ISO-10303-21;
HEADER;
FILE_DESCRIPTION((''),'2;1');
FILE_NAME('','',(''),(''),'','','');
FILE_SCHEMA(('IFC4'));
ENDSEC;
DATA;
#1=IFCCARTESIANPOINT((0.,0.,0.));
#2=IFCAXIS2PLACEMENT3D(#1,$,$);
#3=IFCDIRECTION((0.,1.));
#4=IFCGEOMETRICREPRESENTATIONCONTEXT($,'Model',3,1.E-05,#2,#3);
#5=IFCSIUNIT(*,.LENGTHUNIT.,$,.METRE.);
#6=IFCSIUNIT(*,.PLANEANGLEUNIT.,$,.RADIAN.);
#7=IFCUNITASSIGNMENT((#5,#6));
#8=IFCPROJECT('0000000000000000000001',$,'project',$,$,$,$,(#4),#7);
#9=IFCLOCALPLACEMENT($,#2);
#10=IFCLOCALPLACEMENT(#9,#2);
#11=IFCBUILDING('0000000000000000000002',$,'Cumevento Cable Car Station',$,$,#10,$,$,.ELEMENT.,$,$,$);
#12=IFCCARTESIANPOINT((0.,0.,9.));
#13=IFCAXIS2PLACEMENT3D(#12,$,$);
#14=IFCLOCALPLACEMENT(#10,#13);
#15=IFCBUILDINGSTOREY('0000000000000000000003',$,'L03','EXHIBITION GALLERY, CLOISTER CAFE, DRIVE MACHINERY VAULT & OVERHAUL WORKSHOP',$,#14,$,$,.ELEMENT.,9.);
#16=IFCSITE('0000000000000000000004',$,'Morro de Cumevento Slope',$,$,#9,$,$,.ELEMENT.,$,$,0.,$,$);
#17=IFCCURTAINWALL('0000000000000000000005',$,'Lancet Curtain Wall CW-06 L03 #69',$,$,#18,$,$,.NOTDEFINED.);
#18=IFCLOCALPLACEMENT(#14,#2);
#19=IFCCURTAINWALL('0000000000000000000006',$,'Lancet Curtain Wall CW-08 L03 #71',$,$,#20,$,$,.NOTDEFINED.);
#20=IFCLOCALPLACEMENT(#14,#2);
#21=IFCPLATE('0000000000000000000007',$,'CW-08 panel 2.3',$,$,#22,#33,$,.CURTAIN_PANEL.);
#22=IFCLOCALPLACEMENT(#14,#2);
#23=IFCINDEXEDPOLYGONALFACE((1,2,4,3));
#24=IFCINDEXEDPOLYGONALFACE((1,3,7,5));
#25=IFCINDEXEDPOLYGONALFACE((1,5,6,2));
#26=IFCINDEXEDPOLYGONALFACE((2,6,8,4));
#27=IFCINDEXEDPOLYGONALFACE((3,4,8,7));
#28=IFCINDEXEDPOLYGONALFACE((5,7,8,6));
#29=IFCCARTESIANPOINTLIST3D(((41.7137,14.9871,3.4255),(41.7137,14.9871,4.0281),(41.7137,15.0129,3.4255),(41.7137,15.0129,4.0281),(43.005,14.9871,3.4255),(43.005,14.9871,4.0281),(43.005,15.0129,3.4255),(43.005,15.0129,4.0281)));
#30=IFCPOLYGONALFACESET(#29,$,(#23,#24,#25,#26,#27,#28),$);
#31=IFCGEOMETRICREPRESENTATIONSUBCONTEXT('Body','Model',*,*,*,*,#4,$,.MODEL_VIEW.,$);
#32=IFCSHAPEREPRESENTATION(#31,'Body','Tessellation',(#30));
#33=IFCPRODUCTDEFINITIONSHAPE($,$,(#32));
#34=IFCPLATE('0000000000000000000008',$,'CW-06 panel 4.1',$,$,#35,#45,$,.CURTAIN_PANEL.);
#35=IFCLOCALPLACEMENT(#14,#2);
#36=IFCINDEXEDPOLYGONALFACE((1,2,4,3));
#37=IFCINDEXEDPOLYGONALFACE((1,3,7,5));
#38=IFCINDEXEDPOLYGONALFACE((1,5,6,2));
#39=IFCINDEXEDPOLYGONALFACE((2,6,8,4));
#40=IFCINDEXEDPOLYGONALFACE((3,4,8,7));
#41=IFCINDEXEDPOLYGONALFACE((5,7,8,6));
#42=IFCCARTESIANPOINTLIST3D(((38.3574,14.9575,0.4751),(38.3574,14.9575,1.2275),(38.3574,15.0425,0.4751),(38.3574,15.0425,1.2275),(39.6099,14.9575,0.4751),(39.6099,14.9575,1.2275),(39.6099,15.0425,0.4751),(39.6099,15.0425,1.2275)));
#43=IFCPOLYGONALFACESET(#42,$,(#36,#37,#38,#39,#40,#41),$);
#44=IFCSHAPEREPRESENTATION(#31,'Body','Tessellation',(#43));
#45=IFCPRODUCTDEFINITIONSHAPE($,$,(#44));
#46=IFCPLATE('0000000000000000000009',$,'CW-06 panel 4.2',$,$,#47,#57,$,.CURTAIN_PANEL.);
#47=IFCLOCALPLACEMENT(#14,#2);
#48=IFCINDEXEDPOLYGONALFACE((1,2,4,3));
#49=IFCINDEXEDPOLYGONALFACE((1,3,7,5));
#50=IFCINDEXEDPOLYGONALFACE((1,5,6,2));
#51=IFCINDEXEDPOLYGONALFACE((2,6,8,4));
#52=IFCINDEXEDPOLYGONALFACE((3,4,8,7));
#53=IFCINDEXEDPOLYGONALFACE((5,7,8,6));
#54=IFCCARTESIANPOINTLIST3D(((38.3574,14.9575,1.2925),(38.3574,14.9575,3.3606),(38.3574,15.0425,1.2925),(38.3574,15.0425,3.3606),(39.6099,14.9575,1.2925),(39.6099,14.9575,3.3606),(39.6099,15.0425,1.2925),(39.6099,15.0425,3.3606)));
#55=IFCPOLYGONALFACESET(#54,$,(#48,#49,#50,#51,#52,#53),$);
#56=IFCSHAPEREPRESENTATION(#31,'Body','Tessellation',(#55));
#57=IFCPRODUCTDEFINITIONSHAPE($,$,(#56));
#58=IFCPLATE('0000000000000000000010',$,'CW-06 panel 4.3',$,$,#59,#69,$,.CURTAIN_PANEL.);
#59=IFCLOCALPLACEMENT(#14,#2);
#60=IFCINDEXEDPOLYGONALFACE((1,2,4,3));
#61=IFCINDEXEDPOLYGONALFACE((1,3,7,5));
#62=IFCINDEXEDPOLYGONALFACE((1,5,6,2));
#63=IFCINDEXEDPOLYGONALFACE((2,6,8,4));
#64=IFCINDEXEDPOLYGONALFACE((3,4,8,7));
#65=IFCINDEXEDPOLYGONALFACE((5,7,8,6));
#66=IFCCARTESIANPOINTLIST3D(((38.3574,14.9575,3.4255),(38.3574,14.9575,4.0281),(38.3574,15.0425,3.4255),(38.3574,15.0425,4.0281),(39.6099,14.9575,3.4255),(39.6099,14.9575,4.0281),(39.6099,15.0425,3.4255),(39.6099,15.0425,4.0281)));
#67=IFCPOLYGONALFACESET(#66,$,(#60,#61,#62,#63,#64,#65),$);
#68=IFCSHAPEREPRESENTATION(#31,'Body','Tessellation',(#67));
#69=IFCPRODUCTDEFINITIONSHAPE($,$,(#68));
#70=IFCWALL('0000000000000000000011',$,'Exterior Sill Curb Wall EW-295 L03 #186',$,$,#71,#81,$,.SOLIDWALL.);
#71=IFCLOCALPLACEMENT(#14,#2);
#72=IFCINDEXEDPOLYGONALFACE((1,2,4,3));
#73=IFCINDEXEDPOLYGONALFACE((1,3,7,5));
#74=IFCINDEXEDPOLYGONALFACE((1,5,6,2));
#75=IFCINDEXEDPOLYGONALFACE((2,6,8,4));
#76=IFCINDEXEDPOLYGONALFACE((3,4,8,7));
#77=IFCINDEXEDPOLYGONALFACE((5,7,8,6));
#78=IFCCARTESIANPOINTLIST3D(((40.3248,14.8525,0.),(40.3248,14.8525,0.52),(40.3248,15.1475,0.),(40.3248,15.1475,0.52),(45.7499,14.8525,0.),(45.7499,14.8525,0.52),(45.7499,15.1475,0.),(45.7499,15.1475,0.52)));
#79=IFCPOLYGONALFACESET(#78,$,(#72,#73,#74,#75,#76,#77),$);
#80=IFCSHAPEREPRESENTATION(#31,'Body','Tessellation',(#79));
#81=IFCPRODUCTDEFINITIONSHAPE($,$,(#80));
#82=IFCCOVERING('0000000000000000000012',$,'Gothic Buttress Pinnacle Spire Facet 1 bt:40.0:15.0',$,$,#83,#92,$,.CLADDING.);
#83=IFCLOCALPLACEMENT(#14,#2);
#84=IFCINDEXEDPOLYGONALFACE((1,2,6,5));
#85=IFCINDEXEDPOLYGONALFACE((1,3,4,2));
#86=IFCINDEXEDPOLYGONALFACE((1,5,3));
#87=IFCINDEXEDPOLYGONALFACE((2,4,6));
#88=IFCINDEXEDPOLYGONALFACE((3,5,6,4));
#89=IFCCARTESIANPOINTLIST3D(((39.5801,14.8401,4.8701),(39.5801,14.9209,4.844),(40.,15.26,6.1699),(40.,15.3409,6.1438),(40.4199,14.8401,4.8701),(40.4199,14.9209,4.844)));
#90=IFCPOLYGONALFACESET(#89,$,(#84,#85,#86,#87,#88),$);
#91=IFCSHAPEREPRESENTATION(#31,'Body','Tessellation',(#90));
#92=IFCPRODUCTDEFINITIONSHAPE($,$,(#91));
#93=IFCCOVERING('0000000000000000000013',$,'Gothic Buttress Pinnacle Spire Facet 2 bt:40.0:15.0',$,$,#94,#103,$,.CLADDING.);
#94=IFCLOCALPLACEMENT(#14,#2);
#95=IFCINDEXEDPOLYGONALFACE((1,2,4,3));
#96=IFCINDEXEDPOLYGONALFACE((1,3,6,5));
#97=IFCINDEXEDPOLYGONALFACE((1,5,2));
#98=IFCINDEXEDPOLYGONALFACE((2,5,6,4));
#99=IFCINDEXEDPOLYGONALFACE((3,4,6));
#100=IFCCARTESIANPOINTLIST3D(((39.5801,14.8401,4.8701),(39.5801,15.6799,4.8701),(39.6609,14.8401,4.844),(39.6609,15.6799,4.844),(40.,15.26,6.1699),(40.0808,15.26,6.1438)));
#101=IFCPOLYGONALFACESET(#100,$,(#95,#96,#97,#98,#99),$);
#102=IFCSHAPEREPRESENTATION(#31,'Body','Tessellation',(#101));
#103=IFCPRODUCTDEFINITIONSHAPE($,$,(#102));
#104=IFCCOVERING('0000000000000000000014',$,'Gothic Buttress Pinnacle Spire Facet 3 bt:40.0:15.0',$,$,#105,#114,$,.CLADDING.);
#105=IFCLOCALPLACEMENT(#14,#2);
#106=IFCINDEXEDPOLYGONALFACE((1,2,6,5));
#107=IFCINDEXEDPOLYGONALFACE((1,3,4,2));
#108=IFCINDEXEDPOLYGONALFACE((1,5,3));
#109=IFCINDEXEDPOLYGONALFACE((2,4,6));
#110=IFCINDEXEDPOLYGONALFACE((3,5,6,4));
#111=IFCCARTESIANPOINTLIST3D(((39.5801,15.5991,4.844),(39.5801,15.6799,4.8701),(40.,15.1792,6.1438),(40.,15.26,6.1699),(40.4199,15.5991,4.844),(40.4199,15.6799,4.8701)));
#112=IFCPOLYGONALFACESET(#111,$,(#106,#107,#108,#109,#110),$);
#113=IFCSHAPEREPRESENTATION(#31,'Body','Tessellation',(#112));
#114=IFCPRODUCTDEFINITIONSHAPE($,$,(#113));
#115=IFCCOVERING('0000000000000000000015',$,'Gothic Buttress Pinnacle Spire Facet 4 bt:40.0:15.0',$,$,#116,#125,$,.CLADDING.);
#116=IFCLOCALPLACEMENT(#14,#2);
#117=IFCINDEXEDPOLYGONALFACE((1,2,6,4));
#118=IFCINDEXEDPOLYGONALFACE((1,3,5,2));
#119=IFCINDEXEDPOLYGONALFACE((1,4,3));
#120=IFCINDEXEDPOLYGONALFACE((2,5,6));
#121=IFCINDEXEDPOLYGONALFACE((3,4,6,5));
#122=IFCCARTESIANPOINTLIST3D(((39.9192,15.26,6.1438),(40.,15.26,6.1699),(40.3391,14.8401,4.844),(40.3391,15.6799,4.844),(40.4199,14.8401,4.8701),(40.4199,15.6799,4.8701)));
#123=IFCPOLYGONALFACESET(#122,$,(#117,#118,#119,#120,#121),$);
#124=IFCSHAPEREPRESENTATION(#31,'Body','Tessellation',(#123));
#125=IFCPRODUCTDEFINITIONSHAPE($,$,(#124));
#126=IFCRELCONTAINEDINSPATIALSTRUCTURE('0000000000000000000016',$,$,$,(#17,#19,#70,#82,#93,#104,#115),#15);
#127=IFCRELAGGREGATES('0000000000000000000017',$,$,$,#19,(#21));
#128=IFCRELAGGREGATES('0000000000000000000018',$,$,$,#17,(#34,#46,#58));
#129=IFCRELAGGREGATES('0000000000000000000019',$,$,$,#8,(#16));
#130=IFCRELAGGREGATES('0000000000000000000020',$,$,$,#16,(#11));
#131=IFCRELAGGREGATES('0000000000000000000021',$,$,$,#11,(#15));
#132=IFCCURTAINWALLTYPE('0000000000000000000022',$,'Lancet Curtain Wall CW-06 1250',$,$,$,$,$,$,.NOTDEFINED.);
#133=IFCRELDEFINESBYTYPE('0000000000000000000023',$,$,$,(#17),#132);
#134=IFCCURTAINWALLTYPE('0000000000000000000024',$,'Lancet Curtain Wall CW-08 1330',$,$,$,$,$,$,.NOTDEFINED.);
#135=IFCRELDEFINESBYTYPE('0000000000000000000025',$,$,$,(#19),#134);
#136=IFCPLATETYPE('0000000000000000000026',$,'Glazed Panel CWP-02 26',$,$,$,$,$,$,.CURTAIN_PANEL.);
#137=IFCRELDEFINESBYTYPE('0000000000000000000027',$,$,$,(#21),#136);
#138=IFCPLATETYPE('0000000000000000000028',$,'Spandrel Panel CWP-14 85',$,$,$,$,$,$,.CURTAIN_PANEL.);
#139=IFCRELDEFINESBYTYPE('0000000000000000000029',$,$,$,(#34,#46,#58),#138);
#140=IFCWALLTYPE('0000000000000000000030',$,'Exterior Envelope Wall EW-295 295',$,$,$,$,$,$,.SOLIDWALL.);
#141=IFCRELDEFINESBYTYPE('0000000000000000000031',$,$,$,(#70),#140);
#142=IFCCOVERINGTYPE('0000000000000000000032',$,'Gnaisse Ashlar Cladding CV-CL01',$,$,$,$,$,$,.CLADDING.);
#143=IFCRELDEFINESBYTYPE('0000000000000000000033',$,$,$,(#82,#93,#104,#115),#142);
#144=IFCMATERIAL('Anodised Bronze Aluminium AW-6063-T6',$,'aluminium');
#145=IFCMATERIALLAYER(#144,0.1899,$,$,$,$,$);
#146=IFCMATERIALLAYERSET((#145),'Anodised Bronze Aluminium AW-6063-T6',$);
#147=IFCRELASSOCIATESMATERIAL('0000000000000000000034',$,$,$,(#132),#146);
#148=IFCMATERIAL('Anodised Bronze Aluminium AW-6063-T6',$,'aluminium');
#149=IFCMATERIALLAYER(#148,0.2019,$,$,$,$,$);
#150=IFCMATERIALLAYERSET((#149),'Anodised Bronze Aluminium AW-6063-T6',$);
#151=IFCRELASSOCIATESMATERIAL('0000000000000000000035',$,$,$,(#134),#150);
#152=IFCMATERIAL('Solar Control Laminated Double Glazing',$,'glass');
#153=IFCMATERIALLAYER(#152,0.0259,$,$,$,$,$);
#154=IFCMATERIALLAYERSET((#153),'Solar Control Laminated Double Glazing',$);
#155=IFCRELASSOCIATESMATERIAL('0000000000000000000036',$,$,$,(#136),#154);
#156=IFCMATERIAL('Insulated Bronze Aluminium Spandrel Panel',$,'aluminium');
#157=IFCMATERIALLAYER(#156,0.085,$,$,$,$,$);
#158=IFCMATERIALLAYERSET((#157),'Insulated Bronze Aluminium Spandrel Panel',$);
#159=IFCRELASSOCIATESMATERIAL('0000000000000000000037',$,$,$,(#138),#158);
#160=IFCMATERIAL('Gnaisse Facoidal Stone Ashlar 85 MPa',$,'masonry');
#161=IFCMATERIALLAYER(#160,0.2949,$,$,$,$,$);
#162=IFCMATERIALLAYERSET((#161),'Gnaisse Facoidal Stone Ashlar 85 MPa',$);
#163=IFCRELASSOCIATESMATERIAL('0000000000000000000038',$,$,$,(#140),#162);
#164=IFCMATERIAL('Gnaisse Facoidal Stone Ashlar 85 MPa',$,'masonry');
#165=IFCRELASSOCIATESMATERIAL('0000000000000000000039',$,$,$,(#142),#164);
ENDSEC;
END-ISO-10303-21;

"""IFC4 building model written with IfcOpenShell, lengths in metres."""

from ifc_helpers import new_model, si_unit, direction, frame, frame_2d, origin, origin_2d, place, context, subcontext, project, spatial, polyline, rectangle, outline, extrude, material, layer, layer_set, type_object, element, aggregate, save


model = new_model("IFC4")

# Units and contexts
model_context = context("Model", 3, precision=1e-05, world=origin(), true_north=direction((0.0, 1.0)))
body_context = subcontext(model_context, "Body", "Model", "MODEL_VIEW")
ifc_project = project(units=[si_unit("LENGTHUNIT", "METRE"), si_unit("PLANEANGLEUNIT", "RADIAN")], contexts=[model_context])

# Site, building, storey
site_placement = place(None, origin())
site = spatial("IfcSite", under=ifc_project, at=site_placement, Name="Morro de Cumevento Slope", CompositionType="ELEMENT", RefElevation=0.0)
building_placement = place(site_placement, origin())
building = spatial("IfcBuilding", under=site, at=building_placement, Name="Cumevento Cable Car Station", CompositionType="ELEMENT")
storey_placement = place(building_placement, frame((0.0, 0.0, 9.0)))
storey = spatial("IfcBuildingStorey", under=building, at=storey_placement, Name="L03", Description="EXHIBITION GALLERY, CLOISTER CAFE, DRIVE MACHINERY VAULT & OVERHAUL WORKSHOP", CompositionType="ELEMENT", Elevation=9.0)

# Curtain walls
ifc_material_1 = material(Name="Anodised Bronze Aluminium AW-6063-T6", Category="aluminium")
ifc_layer_1 = layer(ifc_material_1, 0.1899)
ifc_layer_set_1 = layer_set([ifc_layer_1], Name="Anodised Bronze Aluminium AW-6063-T6")
curtain_wall_type_1 = type_object("IfcCurtainWallType", Name="Lancet Curtain Wall CW-06 1250", PredefinedType="NOTDEFINED", material=ifc_layer_set_1)
curtain_wall_1_placement = place(storey_placement, origin())
curtain_wall_1 = element("IfcCurtainWall", 1, at=curtain_wall_1_placement, inside=storey, type_object=curtain_wall_type_1, Name="Lancet Curtain Wall CW-06 L03 #69", PredefinedType="NOTDEFINED")
ifc_material_2 = material(Name="Anodised Bronze Aluminium AW-6063-T6", Category="aluminium")
ifc_layer_2 = layer(ifc_material_2, 0.2019)
ifc_layer_set_2 = layer_set([ifc_layer_2], Name="Anodised Bronze Aluminium AW-6063-T6")
curtain_wall_type_2 = type_object("IfcCurtainWallType", Name="Lancet Curtain Wall CW-08 1330", PredefinedType="NOTDEFINED", material=ifc_layer_set_2)
curtain_wall_2_placement = place(storey_placement, origin())
curtain_wall_2 = element("IfcCurtainWall", 2, at=curtain_wall_2_placement, inside=storey, type_object=curtain_wall_type_2, Name="Lancet Curtain Wall CW-08 L03 #71", PredefinedType="NOTDEFINED")

# Plates
ifc_material_3 = material(Name="Solar Control Laminated Double Glazing", Category="glass")
ifc_layer_3 = layer(ifc_material_3, 0.0259)
ifc_layer_set_3 = layer_set([ifc_layer_3], Name="Solar Control Laminated Double Glazing")
plate_type_1 = type_object("IfcPlateType", Name="Glazed Panel CWP-02 26", PredefinedType="CURTAIN_PANEL", material=ifc_layer_set_3)
plate_1_placement = place(storey_placement, frame((42.3594, 15.0, 3.4255), z_axis=(0.0, 0.0, 1.0), x_axis=(1.0, 0.0, 0.0)))
plate_1 = element("IfcPlate", 3, at=plate_1_placement, type_object=plate_type_1, Name="CW-08 panel 2.3", PredefinedType="CURTAIN_PANEL", context=body_context, shape_type="SweptSolid", body=[
    extrude(rectangle(XDim=1.2913, YDim=0.0259, at=origin_2d()), origin(), (0.0, 0.0, 1.0), 0.6025),
])
aggregate(curtain_wall_2, [plate_1])
ifc_material_4 = material(Name="Insulated Bronze Aluminium Spandrel Panel", Category="aluminium")
ifc_layer_4 = layer(ifc_material_4, 0.085)
ifc_layer_set_4 = layer_set([ifc_layer_4], Name="Insulated Bronze Aluminium Spandrel Panel")
plate_type_2 = type_object("IfcPlateType", Name="Spandrel Panel CWP-14 85", PredefinedType="CURTAIN_PANEL", material=ifc_layer_set_4)
plate_2_placement = place(storey_placement, frame((38.9836, 15.0, 0.4751), z_axis=(0.0, 0.0, 1.0), x_axis=(1.0, 0.0, 0.0)))
plate_2 = element("IfcPlate", 4, at=plate_2_placement, type_object=plate_type_2, Name="CW-06 panel 4.1", PredefinedType="CURTAIN_PANEL", context=body_context, shape_type="SweptSolid", body=[
    extrude(rectangle(XDim=1.2524, YDim=0.085, at=origin_2d()), origin(), (0.0, 0.0, 1.0), 0.7524),
])
plate_3_placement = place(storey_placement, frame((38.9836, 15.0, 1.2925), z_axis=(0.0, 0.0, 1.0), x_axis=(1.0, 0.0, 0.0)))
plate_3 = element("IfcPlate", 5, at=plate_3_placement, type_object=plate_type_2, Name="CW-06 panel 4.2", PredefinedType="CURTAIN_PANEL", context=body_context, shape_type="SweptSolid", body=[
    extrude(rectangle(XDim=1.2524, YDim=0.085, at=origin_2d()), origin(), (0.0, 0.0, 1.0), 2.0681),
])
plate_4_placement = place(storey_placement, frame((38.9836, 15.0, 3.4255), z_axis=(0.0, 0.0, 1.0), x_axis=(1.0, 0.0, 0.0)))
plate_4 = element("IfcPlate", 6, at=plate_4_placement, type_object=plate_type_2, Name="CW-06 panel 4.3", PredefinedType="CURTAIN_PANEL", context=body_context, shape_type="SweptSolid", body=[
    extrude(rectangle(XDim=1.2524, YDim=0.085, at=origin_2d()), origin(), (0.0, 0.0, 1.0), 0.6025),
])
aggregate(curtain_wall_1, [plate_2, plate_3, plate_4])

# Wall
ifc_material_5 = material(Name="Gnaisse Facoidal Stone Ashlar 85 MPa", Category="masonry")
ifc_layer_5 = layer(ifc_material_5, 0.2949)
ifc_layer_set_5 = layer_set([ifc_layer_5], Name="Gnaisse Facoidal Stone Ashlar 85 MPa")
wall_type = type_object("IfcWallType", Name="Exterior Envelope Wall EW-295 295", PredefinedType="SOLIDWALL", material=ifc_layer_set_5)
wall_placement = place(storey_placement, frame((40.325, 15.0, 0.0), z_axis=(0.0, 0.0, 1.0), x_axis=(1.0, 0.0, 0.0)))
element("IfcWall", 7, at=wall_placement, inside=storey, type_object=wall_type, Name="Exterior Sill Curb Wall EW-295 L03 #186", PredefinedType="SOLIDWALL", context=body_context, shape_type="SweptSolid", body=[
    extrude(rectangle(XDim=5.425, YDim=0.2949, at=frame_2d((2.7124, 0.0))), origin(), (0.0, 0.0, 1.0), 0.52),
])

# Coverings
ifc_material_6 = material(Name="Gnaisse Facoidal Stone Ashlar 85 MPa", Category="masonry")
covering_type = type_object("IfcCoveringType", Name="Gnaisse Ashlar Cladding CV-CL01", PredefinedType="CLADDING", material=ifc_material_6)
for number, where, z_axis, x_axis, name in (
    (8, (40.4199, 14.8401, 4.8701), (0.0, -0.951574, 0.307421), (-1.0, 0.0, 0.0), "Gothic Buttress Pinnacle Spire Facet 1 bt:40.0:15.0"),
    (9, (39.5801, 14.8401, 4.8701), (-0.951574, 0.0, 0.307421), (0.0, 1.0, 0.0), "Gothic Buttress Pinnacle Spire Facet 2 bt:40.0:15.0"),
    (10, (39.5801, 15.6799, 4.8701), (0.0, 0.951574, 0.307421), (1.0, 0.0, 0.0), "Gothic Buttress Pinnacle Spire Facet 3 bt:40.0:15.0"),
    (11, (40.4199, 15.6799, 4.8701), (0.951574, 0.0, 0.307421), (0.0, -1.0, 0.0), "Gothic Buttress Pinnacle Spire Facet 4 bt:40.0:15.0"),
):
    element("IfcCovering", number, at=place(storey_placement, frame(where, z_axis=z_axis, x_axis=x_axis)), inside=storey, type_object=covering_type, Name=name, PredefinedType="CLADDING", context=body_context, shape_type="SweptSolid", body=[
        extrude(outline(polyline([(0.0, 0.0), (0.8398, 0.0), (0.4199, -1.366), (0.0, 0.0)])), origin(), (0.0, 0.0, -1.0), 0.085),
    ])

save(model, "model.ifc")
